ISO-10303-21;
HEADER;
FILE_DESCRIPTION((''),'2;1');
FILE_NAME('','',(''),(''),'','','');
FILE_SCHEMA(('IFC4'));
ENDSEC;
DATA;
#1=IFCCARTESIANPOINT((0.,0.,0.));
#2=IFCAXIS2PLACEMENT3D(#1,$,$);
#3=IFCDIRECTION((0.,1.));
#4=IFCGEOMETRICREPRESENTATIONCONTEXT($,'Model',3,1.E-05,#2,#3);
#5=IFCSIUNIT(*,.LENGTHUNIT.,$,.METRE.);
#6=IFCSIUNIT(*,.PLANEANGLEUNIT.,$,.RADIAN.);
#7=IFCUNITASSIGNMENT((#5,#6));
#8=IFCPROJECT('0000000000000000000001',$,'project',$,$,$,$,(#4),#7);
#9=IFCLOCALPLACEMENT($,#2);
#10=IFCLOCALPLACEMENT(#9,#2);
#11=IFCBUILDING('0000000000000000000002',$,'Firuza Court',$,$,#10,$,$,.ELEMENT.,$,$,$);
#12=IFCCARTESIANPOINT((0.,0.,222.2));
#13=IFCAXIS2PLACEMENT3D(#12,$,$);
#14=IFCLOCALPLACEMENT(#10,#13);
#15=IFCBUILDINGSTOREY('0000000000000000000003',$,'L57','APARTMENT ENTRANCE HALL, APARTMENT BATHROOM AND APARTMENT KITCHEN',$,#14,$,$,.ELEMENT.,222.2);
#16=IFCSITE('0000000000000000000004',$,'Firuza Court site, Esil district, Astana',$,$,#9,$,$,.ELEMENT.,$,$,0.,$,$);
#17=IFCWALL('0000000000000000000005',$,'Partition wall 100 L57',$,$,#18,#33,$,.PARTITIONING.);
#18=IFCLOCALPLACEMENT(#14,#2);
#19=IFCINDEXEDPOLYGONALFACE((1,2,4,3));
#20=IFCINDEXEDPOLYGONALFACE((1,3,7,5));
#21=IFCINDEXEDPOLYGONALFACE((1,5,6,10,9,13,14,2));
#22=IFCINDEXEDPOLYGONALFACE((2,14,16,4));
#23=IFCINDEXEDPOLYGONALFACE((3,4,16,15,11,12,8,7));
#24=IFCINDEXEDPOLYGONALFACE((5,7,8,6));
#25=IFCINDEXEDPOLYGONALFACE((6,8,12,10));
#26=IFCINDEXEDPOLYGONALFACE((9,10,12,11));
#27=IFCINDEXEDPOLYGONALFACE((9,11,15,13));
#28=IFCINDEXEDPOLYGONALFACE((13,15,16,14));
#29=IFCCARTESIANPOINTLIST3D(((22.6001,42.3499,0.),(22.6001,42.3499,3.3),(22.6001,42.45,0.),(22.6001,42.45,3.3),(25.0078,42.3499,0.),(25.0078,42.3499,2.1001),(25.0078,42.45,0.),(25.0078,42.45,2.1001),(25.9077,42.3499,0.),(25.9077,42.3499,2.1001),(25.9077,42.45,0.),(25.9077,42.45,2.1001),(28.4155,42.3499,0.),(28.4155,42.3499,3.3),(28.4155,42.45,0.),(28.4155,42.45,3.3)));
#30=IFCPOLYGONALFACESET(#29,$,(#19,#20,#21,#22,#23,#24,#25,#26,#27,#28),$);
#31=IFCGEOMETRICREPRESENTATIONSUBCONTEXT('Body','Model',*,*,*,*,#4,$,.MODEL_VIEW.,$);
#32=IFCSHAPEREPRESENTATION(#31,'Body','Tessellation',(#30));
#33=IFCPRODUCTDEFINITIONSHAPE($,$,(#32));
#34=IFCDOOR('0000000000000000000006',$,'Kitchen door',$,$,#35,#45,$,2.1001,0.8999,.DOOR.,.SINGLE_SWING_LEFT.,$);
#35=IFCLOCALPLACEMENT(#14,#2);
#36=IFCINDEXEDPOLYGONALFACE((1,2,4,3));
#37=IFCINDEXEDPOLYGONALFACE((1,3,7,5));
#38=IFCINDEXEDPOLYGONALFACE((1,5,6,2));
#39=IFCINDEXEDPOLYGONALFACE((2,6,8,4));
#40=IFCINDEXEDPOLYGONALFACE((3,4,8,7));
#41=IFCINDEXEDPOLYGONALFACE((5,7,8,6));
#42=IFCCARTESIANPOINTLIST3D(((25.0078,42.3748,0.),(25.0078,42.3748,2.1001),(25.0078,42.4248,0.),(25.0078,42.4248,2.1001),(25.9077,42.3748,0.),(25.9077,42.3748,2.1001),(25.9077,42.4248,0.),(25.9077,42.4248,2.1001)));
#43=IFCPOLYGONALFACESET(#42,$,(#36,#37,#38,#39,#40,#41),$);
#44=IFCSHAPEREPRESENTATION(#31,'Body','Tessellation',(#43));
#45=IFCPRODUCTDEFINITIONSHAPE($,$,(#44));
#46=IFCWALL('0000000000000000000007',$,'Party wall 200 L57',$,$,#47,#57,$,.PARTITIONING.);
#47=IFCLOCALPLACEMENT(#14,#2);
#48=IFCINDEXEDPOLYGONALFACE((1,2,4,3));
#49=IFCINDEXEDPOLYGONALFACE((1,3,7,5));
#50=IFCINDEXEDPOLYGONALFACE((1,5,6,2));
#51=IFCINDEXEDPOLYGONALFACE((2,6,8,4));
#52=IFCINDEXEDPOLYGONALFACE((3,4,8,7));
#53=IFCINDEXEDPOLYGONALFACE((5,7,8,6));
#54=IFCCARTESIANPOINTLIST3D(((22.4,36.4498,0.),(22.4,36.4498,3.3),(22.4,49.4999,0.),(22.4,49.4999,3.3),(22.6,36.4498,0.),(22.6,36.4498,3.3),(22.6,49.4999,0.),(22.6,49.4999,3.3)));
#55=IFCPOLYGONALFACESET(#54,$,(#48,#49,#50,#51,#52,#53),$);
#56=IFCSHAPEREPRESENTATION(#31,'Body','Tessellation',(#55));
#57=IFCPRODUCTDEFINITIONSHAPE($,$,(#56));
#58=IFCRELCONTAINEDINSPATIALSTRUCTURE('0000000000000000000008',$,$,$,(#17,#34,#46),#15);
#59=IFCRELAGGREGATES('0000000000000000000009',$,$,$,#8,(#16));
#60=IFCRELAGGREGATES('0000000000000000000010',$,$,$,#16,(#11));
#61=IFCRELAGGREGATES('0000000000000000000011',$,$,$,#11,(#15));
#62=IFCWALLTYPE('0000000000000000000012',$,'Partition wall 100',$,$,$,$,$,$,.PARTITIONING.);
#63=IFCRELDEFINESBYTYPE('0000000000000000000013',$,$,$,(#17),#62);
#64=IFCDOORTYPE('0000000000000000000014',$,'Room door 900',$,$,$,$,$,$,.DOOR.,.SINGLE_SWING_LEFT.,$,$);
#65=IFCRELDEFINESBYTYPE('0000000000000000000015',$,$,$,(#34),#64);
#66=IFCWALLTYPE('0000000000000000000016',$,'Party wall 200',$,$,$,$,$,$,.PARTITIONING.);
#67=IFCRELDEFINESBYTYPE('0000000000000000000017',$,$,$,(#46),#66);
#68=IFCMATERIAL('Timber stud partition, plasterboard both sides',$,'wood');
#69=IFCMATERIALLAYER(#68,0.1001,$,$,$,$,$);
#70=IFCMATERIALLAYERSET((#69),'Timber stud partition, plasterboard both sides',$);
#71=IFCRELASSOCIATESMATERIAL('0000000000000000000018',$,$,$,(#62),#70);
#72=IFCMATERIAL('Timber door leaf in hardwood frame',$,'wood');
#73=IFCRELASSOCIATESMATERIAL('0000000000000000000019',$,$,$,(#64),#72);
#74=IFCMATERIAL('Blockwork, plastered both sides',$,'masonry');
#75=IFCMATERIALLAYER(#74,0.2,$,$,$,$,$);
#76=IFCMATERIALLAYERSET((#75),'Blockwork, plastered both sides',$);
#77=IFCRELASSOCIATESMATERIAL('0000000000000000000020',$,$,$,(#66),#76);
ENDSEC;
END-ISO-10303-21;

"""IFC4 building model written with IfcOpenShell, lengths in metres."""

from ifc_helpers import new_model, si_unit, direction, frame, frame_2d, origin, place, context, subcontext, project, spatial, rectangle, extrude, material, layer, layer_set, type_object, element, fill, save


model = new_model("IFC4")

# Units and contexts
model_context = context("Model", 3, precision=1e-05, world=origin(), true_north=direction((0.0, 1.0)))
body_context = subcontext(model_context, "Body", "Model", "MODEL_VIEW")
ifc_project = project(units=[si_unit("LENGTHUNIT", "METRE"), si_unit("PLANEANGLEUNIT", "RADIAN")], contexts=[model_context])

# Site, building, storey
site_placement = place(None, origin())
site = spatial("IfcSite", under=ifc_project, at=site_placement, Name="Firuza Court site, Esil district, Astana", CompositionType="ELEMENT", RefElevation=0.0)
building_placement = place(site_placement, origin())
building = spatial("IfcBuilding", under=site, at=building_placement, Name="Firuza Court", CompositionType="ELEMENT")
storey_placement = place(building_placement, frame((0.0, 0.0, 222.2)))
storey = spatial("IfcBuildingStorey", under=building, at=storey_placement, Name="L57", Description="APARTMENT ENTRANCE HALL, APARTMENT BATHROOM AND APARTMENT KITCHEN", CompositionType="ELEMENT", Elevation=222.2)

# Shared definitions
ifc_material_1 = material(Name="Timber stud partition, plasterboard both sides", Category="wood")
ifc_layer_1 = layer(ifc_material_1, 0.1001)
ifc_layer_set_1 = layer_set([ifc_layer_1], Name="Timber stud partition, plasterboard both sides")
wall_type_1 = type_object("IfcWallType", Name="Partition wall 100", PredefinedType="PARTITIONING", material=ifc_layer_set_1)
ifc_material_2 = material(Name="Timber door leaf in hardwood frame", Category="wood")
door_type_1 = type_object("IfcDoorType", Name="Room door 900", OperationType="SINGLE_SWING_LEFT", PredefinedType="DOOR", material=ifc_material_2)

# Wall, opening, door
wall_1_placement = place(storey_placement, frame((22.6001, 42.3999, 0.0), z_axis=(0.0, 0.0, 1.0), x_axis=(1.0, 0.0, 0.0)))
wall_1 = element("IfcWall", 1, at=wall_1_placement, inside=storey, type_object=wall_type_1, Name="Partition wall 100 L57", PredefinedType="PARTITIONING", context=body_context, shape_type="SweptSolid", body=[
    extrude(rectangle(XDim=5.8154, YDim=0.1001, at=frame_2d((2.9077, 0.0))), origin(), (0.0, 0.0, 1.0), 3.3),
])
opening_1_placement = place(wall_1_placement, frame((2.4077, 0.0, 0.0)))
opening_1 = element("IfcOpeningElement", 2, at=opening_1_placement, cuts=wall_1, PredefinedType="OPENING", context=body_context, shape_type="SweptSolid", body=[
    extrude(rectangle(XDim=0.8999, YDim=2.1001, at=frame_2d((0.45, 1.05))), frame((0.0, 0.062, 0.0), z_axis=(0.0, -1.0, 0.0), x_axis=(1.0, 0.0, 0.0)), (0.0, 0.0, 1.0), 0.124),
])
door_1_placement = place(opening_1_placement, origin())
door_1 = element("IfcDoor", 3, at=door_1_placement, inside=storey, type_object=door_type_1, Name="Kitchen door", OperationType="SINGLE_SWING_LEFT", OverallHeight=2.1001, OverallWidth=0.8999, PredefinedType="DOOR", context=body_context, shape_type="SweptSolid", body=[
    extrude(rectangle(XDim=0.8999, YDim=2.1001, at=frame_2d((0.45, 1.05))), frame((0.0, 0.0249, 0.0), z_axis=(0.0, -1.0, 0.0), x_axis=(1.0, 0.0, 0.0)), (0.0, 0.0, 1.0), 0.05),
])
fill(opening_1, door_1)

# Wall
ifc_material_3 = material(Name="Blockwork, plastered both sides", Category="masonry")
ifc_layer_2 = layer(ifc_material_3, 0.2)
ifc_layer_set_2 = layer_set([ifc_layer_2], Name="Blockwork, plastered both sides")
wall_type_2 = type_object("IfcWallType", Name="Party wall 200", PredefinedType="PARTITIONING", material=ifc_layer_set_2)
wall_2_placement = place(storey_placement, frame((22.5, 36.45, 0.0), z_axis=(0.0, 0.0, 1.0), x_axis=(0.0, 1.0, 0.0)))
element("IfcWall", 4, at=wall_2_placement, inside=storey, type_object=wall_type_2, Name="Party wall 200 L57", PredefinedType="PARTITIONING", context=body_context, shape_type="SweptSolid", body=[
    extrude(rectangle(XDim=13.05, YDim=0.2, at=frame_2d((6.5249, 0.0))), origin(), (0.0, 0.0, 1.0), 3.3),
])

save(model, "model.ifc")
